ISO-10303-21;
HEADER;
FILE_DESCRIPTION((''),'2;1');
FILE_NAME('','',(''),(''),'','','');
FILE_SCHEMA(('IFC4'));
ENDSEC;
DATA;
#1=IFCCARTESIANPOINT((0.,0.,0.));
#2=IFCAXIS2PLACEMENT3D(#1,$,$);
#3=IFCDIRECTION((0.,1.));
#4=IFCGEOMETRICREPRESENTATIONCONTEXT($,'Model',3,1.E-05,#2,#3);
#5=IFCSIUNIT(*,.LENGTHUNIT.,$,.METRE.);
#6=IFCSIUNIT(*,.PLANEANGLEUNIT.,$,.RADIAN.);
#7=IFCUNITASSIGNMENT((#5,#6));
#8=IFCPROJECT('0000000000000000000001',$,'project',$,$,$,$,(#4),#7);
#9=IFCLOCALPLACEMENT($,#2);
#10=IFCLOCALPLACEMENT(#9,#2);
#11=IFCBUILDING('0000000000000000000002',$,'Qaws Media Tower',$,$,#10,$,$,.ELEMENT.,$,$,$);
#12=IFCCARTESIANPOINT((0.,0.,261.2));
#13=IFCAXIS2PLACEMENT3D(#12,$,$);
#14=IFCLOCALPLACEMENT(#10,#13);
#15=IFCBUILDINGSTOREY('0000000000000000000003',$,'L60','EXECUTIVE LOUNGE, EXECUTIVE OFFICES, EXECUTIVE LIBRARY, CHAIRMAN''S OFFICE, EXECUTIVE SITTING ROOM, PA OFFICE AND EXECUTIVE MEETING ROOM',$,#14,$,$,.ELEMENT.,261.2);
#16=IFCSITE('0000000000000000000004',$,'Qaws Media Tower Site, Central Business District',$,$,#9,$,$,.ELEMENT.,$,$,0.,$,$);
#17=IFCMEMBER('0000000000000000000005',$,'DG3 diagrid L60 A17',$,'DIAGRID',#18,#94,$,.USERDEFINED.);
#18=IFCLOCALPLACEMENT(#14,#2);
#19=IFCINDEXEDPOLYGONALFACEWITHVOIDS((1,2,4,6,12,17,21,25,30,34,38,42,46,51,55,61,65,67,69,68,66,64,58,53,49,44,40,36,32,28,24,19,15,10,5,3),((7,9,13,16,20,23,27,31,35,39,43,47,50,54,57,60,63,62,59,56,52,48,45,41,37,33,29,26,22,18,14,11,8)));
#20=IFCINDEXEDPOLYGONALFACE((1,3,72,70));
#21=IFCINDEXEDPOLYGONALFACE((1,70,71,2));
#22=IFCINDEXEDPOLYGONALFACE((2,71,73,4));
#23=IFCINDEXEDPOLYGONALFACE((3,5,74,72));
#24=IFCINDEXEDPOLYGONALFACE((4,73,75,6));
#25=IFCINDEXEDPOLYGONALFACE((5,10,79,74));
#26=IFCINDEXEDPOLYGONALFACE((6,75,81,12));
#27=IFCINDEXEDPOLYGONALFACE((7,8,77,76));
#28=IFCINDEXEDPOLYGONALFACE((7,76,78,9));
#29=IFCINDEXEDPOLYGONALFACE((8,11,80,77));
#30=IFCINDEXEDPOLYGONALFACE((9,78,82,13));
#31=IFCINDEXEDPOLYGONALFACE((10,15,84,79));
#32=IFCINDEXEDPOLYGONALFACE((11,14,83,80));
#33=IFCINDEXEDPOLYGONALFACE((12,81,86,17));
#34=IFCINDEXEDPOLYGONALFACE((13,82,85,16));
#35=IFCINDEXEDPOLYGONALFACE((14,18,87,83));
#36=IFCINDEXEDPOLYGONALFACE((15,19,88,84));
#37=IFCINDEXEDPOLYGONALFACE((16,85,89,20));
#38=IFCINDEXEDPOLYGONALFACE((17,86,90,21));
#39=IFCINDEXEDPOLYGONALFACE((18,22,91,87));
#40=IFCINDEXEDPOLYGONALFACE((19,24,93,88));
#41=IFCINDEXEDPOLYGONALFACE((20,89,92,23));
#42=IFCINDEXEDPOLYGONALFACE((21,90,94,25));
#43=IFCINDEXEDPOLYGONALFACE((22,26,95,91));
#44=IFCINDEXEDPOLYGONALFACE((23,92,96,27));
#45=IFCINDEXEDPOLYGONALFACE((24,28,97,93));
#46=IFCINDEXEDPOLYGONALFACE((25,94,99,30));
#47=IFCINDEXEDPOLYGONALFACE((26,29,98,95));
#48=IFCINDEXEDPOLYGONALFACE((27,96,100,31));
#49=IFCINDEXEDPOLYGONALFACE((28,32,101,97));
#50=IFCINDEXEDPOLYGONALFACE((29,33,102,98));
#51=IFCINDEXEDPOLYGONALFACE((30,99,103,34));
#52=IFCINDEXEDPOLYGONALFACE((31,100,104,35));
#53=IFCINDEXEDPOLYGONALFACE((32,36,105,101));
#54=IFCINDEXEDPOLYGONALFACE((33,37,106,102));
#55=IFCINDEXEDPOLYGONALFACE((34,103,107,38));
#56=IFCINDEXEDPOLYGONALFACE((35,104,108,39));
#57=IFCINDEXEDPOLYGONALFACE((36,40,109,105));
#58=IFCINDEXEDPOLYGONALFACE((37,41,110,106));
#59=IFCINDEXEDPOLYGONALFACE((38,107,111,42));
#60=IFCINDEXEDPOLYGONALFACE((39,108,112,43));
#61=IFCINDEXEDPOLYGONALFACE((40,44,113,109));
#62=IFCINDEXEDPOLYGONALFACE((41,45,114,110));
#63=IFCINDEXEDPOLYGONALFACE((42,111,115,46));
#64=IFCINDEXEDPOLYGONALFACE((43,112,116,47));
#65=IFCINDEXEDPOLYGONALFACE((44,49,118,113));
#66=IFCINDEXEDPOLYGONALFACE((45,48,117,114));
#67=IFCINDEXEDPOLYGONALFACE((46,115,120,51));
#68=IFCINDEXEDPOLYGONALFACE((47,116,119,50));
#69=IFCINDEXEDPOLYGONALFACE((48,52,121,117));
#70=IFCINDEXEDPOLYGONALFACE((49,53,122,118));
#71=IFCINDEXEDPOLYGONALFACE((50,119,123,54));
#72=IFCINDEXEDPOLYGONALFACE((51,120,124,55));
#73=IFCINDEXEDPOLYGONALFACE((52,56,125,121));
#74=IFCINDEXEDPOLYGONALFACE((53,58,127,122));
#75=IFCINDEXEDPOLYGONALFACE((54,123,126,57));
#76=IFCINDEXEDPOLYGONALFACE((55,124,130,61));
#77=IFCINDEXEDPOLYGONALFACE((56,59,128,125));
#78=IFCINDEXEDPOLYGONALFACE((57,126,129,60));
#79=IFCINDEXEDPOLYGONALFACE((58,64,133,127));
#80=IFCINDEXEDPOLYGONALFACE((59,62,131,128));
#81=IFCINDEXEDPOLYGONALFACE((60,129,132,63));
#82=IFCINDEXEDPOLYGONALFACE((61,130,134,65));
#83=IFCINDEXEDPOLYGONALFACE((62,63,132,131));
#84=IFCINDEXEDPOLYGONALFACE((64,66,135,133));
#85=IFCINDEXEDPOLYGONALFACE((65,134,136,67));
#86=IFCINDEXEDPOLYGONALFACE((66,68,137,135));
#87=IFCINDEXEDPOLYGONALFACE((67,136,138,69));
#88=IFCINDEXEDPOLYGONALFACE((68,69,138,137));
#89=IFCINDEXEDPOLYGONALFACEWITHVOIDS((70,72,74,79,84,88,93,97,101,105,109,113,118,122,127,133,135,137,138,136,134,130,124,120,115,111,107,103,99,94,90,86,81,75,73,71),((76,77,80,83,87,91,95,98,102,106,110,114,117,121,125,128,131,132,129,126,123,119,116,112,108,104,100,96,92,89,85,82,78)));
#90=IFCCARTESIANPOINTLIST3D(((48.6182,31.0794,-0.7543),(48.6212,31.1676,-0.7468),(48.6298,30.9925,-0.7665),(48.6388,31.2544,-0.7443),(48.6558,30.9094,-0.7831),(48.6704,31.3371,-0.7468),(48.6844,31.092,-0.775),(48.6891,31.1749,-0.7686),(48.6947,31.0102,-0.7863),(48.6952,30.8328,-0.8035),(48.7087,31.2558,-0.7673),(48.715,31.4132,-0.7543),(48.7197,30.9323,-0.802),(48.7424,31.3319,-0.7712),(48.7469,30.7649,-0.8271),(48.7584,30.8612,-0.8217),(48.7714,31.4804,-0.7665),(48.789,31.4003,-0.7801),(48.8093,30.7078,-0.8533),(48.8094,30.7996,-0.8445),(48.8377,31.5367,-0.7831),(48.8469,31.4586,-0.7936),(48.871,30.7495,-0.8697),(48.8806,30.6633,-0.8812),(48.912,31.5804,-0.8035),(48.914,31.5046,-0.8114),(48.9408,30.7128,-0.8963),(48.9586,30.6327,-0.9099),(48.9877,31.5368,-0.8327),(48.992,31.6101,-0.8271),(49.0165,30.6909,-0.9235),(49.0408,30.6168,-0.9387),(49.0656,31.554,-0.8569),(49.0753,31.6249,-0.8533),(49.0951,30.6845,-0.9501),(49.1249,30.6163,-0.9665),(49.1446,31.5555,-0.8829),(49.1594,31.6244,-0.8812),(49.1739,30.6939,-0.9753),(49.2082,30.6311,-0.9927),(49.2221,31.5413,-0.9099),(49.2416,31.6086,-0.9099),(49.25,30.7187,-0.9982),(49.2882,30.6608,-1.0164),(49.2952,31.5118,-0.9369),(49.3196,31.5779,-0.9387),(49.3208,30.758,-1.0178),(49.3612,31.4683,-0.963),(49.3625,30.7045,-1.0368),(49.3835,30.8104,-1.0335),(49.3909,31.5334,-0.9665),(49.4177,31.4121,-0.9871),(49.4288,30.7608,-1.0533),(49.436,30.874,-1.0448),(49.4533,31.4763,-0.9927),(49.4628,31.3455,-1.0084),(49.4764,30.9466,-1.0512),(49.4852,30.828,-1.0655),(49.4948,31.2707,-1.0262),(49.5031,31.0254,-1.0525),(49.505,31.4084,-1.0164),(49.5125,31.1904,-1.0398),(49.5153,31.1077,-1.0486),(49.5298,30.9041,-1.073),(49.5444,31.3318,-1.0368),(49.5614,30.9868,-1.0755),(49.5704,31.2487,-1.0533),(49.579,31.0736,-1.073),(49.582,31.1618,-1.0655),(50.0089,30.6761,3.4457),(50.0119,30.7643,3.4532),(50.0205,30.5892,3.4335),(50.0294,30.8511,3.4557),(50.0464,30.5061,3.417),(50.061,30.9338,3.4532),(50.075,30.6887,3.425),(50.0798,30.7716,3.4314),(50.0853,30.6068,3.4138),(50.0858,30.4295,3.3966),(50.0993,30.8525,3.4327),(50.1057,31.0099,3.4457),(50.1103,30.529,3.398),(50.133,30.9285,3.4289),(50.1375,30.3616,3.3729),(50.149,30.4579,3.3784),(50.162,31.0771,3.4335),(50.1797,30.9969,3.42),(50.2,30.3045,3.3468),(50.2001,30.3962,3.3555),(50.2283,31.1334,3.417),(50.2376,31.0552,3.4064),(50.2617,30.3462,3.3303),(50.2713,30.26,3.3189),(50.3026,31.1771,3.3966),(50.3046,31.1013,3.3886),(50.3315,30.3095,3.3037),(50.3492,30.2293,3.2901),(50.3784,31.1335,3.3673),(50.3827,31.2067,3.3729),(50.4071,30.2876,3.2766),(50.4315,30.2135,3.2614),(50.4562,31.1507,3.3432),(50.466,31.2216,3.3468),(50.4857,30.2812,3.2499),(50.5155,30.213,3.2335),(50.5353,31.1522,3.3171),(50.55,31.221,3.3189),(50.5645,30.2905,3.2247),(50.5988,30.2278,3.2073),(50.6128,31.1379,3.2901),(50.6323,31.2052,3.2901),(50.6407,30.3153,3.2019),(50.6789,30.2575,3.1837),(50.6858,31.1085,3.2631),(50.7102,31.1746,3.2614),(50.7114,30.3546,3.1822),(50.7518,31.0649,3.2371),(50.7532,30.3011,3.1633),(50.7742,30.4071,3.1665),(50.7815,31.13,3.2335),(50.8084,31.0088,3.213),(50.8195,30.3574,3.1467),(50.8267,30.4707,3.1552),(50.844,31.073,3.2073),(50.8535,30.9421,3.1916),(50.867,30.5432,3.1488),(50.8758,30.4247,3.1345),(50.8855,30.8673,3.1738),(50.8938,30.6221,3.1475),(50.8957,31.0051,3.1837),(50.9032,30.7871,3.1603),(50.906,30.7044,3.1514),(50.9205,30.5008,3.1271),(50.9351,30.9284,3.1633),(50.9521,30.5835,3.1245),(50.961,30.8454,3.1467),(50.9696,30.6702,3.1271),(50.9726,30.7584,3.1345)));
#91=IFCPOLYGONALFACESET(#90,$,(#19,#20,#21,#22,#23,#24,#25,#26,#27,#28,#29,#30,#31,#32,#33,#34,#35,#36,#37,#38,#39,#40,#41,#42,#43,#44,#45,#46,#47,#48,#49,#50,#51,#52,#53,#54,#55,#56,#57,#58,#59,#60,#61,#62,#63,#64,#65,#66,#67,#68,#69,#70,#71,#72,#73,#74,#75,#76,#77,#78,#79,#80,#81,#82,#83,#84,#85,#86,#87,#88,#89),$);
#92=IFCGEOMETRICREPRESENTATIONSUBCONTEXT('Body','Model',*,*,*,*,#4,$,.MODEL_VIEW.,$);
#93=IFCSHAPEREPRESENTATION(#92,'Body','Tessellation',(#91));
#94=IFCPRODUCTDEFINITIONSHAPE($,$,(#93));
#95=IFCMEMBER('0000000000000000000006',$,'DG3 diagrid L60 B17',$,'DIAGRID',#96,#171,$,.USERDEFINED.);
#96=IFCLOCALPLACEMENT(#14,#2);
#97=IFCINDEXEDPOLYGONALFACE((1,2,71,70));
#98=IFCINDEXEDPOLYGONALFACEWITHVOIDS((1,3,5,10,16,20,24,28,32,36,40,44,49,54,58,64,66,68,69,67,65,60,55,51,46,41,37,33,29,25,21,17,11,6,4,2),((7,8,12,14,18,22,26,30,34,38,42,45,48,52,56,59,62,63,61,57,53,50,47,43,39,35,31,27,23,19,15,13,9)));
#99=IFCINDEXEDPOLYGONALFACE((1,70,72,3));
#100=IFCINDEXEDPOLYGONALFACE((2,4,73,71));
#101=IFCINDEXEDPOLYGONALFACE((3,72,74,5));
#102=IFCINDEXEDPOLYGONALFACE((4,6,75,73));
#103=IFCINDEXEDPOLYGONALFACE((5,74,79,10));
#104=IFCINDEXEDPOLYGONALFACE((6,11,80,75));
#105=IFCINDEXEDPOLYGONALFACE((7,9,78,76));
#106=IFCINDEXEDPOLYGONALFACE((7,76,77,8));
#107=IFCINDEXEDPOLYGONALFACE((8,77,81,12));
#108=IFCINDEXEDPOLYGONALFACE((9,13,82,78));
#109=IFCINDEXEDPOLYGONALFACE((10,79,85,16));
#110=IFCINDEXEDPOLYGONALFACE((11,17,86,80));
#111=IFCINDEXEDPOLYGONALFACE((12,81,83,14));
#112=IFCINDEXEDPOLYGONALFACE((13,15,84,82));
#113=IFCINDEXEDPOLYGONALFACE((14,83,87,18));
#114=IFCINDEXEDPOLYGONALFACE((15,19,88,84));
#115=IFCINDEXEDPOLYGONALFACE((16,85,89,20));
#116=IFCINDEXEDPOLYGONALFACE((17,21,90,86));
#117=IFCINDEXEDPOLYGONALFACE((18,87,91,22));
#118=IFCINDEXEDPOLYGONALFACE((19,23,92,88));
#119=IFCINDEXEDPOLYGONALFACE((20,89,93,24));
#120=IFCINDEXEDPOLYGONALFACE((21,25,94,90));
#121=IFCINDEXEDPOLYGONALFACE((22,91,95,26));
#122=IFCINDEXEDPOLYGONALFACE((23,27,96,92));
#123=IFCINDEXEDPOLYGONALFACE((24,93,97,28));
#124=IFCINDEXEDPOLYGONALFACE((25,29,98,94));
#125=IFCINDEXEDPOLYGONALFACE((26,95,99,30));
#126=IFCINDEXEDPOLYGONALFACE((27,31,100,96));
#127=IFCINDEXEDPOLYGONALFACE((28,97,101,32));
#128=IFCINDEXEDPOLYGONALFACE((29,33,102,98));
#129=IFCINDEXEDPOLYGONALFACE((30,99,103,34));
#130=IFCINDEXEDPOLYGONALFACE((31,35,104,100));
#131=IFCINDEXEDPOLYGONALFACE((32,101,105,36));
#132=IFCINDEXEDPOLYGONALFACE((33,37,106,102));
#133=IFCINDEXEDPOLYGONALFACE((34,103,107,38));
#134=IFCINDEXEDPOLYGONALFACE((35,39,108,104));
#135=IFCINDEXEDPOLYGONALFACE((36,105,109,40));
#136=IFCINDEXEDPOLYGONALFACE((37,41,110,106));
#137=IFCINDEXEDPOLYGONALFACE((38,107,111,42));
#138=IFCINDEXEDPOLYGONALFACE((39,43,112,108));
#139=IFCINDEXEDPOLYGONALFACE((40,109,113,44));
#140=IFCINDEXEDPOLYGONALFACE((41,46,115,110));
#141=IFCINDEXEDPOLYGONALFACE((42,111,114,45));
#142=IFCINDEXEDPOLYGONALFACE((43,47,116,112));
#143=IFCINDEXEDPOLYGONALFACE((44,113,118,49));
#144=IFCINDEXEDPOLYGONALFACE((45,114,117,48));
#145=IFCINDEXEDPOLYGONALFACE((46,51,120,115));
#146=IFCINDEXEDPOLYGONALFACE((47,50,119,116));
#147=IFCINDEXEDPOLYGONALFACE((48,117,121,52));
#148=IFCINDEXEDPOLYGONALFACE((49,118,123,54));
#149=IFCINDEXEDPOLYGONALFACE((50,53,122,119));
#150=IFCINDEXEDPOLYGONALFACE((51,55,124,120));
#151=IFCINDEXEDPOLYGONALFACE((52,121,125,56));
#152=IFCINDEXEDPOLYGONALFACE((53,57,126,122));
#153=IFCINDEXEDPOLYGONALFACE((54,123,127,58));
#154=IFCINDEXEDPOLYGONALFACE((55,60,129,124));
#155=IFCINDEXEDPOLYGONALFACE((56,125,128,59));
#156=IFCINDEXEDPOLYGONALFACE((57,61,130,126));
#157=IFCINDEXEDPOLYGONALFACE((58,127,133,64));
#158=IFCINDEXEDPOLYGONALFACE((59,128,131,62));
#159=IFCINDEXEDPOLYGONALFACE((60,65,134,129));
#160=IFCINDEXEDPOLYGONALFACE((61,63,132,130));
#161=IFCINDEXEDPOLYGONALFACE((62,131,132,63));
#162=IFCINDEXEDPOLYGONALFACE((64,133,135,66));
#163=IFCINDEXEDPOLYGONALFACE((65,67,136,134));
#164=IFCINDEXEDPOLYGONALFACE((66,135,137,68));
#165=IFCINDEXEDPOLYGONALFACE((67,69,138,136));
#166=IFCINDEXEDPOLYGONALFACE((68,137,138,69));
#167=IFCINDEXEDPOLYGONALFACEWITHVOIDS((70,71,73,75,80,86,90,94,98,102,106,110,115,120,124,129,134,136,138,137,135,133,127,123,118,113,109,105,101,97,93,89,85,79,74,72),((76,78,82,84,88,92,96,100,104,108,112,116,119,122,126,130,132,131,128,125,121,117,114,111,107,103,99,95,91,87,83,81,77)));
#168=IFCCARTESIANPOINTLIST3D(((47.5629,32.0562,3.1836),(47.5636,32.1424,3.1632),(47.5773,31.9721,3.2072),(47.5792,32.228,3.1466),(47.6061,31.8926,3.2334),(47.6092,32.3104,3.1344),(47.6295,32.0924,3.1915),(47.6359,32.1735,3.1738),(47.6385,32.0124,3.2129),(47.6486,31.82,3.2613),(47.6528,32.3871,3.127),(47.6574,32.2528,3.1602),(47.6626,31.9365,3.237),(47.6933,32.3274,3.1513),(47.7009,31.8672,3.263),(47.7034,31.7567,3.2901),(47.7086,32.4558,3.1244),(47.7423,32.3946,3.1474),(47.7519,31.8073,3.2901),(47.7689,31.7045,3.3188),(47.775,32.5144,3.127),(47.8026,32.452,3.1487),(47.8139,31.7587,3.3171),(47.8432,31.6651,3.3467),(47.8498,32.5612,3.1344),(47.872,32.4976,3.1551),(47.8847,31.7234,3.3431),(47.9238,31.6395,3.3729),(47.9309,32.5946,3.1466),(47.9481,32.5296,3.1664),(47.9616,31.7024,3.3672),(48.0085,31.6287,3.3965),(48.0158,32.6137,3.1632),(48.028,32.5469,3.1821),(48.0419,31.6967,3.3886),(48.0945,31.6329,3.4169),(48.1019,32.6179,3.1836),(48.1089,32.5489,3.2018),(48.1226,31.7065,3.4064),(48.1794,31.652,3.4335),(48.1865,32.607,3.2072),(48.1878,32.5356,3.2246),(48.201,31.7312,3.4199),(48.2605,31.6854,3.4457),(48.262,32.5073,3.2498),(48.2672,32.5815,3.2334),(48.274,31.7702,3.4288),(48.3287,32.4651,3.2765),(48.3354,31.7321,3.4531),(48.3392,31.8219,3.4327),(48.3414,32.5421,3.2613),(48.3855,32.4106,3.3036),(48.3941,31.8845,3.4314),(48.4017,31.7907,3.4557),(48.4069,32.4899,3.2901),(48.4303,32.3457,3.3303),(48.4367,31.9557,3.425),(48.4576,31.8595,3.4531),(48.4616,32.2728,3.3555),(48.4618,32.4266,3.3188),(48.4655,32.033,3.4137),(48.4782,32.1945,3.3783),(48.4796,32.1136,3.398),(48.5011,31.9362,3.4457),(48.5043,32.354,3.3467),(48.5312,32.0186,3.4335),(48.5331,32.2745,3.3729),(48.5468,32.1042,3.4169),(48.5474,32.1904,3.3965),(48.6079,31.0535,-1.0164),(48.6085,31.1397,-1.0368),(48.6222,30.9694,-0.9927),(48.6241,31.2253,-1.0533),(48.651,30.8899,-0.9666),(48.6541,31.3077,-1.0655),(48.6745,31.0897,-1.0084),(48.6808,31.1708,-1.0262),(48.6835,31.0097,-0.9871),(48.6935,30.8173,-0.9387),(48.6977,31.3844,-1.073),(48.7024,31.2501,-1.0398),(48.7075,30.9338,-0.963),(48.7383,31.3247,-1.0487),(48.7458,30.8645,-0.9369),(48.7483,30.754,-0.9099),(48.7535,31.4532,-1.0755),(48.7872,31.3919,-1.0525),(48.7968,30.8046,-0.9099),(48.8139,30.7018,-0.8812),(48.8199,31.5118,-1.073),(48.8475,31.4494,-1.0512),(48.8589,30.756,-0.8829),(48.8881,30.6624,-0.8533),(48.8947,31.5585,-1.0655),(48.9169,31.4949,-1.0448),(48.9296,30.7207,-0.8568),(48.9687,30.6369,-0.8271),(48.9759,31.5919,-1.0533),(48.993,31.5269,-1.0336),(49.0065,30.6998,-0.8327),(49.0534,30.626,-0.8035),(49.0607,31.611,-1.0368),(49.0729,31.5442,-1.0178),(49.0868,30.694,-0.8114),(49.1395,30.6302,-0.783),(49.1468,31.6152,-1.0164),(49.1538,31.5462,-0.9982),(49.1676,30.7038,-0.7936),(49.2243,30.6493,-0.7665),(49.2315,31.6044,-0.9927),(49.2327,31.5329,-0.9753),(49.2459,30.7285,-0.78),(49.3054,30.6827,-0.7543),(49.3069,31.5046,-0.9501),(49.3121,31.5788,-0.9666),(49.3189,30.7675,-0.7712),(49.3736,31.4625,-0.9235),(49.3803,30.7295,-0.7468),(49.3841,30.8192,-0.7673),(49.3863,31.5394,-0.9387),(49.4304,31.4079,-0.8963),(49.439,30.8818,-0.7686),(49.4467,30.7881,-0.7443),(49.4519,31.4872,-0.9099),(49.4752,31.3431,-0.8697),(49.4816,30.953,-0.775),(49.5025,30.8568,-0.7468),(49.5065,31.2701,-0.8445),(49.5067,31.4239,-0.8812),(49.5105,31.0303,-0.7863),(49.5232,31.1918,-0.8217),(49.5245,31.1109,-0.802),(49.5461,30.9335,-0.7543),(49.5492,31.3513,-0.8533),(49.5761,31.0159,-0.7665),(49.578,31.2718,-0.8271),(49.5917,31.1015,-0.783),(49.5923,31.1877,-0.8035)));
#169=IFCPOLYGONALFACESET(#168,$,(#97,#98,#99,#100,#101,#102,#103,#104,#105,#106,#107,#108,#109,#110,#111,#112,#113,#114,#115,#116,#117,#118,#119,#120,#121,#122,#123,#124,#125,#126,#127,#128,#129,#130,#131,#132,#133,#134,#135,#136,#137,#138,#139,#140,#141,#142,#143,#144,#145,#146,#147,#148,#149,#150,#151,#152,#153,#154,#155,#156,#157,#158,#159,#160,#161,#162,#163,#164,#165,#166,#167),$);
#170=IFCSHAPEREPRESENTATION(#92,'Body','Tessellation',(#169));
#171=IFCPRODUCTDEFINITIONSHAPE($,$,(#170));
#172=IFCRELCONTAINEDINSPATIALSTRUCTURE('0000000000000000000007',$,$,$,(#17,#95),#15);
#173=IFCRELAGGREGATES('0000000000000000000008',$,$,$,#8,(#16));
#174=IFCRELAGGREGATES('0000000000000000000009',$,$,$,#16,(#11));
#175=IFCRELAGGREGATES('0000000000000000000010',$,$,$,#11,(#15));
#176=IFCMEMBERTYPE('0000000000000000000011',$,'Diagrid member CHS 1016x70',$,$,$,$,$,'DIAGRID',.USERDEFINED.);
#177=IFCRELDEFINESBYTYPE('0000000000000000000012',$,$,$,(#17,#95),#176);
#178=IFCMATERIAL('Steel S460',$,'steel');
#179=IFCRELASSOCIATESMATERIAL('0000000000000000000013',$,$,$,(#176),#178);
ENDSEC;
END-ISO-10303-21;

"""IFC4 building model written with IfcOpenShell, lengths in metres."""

from ifc_helpers import new_model, si_unit, direction, frame, origin, origin_2d, place, context, subcontext, project, spatial, hollow_circle, extrude, material, material_profile, profile_set, type_object, element, save


model = new_model("IFC4")

# Units and contexts
model_context = context("Model", 3, precision=1e-05, world=origin(), true_north=direction((0.0, 1.0)))
body_context = subcontext(model_context, "Body", "Model", "MODEL_VIEW")
ifc_project = project(units=[si_unit("LENGTHUNIT", "METRE"), si_unit("PLANEANGLEUNIT", "RADIAN")], contexts=[model_context])

# Site, building, storey
site_placement = place(None, origin())
site = spatial("IfcSite", under=ifc_project, at=site_placement, Name="Qaws Media Tower Site, Central Business District", CompositionType="ELEMENT", RefElevation=0.0)
building_placement = place(site_placement, origin())
building = spatial("IfcBuilding", under=site, at=building_placement, Name="Qaws Media Tower", CompositionType="ELEMENT")
storey_placement = place(building_placement, frame((0.0, 0.0, 261.2)))
storey = spatial("IfcBuildingStorey", under=building, at=storey_placement, Name="L60", Description="EXECUTIVE LOUNGE, EXECUTIVE OFFICES, EXECUTIVE LIBRARY, CHAIRMAN'S OFFICE, EXECUTIVE SITTING ROOM, PA OFFICE AND EXECUTIVE MEETING ROOM", CompositionType="ELEMENT", Elevation=261.2)

# Members
ifc_material_1 = material(Name="Steel S460", Category="steel")
ifc_material_profile_1 = material_profile(ifc_material_1, hollow_circle(Radius=0.5081, WallThickness=0.0701, at=origin_2d()), Name="CHS 1016x70")
ifc_profile_set_1 = profile_set([ifc_material_profile_1], Name="Steel S460")
member_type_1 = type_object("IfcMemberType", Name="Diagrid member CHS 1016x70", ElementType="DIAGRID", PredefinedType="USERDEFINED", material=ifc_profile_set_1)
for number, where, z_axis, x_axis, name in (
    (1, (49.1001, 31.1206, -0.9099), (0.313025, -0.090786, 0.945396), (0.278549, 0.960422, 0.0), "DG3 diagrid L60 A17"),
    (2, (49.1001, 31.1206, -0.9099), (-0.235204, 0.225697, 0.945378), (-0.692374, -0.721539, 0.0), "DG3 diagrid L60 B17"),
):
    element("IfcMember", number, at=place(storey_placement, frame(where, z_axis=z_axis, x_axis=x_axis)), inside=storey, type_object=member_type_1, Name=name, ObjectType="DIAGRID", PredefinedType="USERDEFINED", context=body_context, shape_type="SweptSolid", body=[
        extrude(hollow_circle(Radius=0.5081, WallThickness=0.0701, at=origin_2d()), origin(), (0.0, 0.0, 1.0), 4.4426),
    ])

save(model, "model.ifc")
